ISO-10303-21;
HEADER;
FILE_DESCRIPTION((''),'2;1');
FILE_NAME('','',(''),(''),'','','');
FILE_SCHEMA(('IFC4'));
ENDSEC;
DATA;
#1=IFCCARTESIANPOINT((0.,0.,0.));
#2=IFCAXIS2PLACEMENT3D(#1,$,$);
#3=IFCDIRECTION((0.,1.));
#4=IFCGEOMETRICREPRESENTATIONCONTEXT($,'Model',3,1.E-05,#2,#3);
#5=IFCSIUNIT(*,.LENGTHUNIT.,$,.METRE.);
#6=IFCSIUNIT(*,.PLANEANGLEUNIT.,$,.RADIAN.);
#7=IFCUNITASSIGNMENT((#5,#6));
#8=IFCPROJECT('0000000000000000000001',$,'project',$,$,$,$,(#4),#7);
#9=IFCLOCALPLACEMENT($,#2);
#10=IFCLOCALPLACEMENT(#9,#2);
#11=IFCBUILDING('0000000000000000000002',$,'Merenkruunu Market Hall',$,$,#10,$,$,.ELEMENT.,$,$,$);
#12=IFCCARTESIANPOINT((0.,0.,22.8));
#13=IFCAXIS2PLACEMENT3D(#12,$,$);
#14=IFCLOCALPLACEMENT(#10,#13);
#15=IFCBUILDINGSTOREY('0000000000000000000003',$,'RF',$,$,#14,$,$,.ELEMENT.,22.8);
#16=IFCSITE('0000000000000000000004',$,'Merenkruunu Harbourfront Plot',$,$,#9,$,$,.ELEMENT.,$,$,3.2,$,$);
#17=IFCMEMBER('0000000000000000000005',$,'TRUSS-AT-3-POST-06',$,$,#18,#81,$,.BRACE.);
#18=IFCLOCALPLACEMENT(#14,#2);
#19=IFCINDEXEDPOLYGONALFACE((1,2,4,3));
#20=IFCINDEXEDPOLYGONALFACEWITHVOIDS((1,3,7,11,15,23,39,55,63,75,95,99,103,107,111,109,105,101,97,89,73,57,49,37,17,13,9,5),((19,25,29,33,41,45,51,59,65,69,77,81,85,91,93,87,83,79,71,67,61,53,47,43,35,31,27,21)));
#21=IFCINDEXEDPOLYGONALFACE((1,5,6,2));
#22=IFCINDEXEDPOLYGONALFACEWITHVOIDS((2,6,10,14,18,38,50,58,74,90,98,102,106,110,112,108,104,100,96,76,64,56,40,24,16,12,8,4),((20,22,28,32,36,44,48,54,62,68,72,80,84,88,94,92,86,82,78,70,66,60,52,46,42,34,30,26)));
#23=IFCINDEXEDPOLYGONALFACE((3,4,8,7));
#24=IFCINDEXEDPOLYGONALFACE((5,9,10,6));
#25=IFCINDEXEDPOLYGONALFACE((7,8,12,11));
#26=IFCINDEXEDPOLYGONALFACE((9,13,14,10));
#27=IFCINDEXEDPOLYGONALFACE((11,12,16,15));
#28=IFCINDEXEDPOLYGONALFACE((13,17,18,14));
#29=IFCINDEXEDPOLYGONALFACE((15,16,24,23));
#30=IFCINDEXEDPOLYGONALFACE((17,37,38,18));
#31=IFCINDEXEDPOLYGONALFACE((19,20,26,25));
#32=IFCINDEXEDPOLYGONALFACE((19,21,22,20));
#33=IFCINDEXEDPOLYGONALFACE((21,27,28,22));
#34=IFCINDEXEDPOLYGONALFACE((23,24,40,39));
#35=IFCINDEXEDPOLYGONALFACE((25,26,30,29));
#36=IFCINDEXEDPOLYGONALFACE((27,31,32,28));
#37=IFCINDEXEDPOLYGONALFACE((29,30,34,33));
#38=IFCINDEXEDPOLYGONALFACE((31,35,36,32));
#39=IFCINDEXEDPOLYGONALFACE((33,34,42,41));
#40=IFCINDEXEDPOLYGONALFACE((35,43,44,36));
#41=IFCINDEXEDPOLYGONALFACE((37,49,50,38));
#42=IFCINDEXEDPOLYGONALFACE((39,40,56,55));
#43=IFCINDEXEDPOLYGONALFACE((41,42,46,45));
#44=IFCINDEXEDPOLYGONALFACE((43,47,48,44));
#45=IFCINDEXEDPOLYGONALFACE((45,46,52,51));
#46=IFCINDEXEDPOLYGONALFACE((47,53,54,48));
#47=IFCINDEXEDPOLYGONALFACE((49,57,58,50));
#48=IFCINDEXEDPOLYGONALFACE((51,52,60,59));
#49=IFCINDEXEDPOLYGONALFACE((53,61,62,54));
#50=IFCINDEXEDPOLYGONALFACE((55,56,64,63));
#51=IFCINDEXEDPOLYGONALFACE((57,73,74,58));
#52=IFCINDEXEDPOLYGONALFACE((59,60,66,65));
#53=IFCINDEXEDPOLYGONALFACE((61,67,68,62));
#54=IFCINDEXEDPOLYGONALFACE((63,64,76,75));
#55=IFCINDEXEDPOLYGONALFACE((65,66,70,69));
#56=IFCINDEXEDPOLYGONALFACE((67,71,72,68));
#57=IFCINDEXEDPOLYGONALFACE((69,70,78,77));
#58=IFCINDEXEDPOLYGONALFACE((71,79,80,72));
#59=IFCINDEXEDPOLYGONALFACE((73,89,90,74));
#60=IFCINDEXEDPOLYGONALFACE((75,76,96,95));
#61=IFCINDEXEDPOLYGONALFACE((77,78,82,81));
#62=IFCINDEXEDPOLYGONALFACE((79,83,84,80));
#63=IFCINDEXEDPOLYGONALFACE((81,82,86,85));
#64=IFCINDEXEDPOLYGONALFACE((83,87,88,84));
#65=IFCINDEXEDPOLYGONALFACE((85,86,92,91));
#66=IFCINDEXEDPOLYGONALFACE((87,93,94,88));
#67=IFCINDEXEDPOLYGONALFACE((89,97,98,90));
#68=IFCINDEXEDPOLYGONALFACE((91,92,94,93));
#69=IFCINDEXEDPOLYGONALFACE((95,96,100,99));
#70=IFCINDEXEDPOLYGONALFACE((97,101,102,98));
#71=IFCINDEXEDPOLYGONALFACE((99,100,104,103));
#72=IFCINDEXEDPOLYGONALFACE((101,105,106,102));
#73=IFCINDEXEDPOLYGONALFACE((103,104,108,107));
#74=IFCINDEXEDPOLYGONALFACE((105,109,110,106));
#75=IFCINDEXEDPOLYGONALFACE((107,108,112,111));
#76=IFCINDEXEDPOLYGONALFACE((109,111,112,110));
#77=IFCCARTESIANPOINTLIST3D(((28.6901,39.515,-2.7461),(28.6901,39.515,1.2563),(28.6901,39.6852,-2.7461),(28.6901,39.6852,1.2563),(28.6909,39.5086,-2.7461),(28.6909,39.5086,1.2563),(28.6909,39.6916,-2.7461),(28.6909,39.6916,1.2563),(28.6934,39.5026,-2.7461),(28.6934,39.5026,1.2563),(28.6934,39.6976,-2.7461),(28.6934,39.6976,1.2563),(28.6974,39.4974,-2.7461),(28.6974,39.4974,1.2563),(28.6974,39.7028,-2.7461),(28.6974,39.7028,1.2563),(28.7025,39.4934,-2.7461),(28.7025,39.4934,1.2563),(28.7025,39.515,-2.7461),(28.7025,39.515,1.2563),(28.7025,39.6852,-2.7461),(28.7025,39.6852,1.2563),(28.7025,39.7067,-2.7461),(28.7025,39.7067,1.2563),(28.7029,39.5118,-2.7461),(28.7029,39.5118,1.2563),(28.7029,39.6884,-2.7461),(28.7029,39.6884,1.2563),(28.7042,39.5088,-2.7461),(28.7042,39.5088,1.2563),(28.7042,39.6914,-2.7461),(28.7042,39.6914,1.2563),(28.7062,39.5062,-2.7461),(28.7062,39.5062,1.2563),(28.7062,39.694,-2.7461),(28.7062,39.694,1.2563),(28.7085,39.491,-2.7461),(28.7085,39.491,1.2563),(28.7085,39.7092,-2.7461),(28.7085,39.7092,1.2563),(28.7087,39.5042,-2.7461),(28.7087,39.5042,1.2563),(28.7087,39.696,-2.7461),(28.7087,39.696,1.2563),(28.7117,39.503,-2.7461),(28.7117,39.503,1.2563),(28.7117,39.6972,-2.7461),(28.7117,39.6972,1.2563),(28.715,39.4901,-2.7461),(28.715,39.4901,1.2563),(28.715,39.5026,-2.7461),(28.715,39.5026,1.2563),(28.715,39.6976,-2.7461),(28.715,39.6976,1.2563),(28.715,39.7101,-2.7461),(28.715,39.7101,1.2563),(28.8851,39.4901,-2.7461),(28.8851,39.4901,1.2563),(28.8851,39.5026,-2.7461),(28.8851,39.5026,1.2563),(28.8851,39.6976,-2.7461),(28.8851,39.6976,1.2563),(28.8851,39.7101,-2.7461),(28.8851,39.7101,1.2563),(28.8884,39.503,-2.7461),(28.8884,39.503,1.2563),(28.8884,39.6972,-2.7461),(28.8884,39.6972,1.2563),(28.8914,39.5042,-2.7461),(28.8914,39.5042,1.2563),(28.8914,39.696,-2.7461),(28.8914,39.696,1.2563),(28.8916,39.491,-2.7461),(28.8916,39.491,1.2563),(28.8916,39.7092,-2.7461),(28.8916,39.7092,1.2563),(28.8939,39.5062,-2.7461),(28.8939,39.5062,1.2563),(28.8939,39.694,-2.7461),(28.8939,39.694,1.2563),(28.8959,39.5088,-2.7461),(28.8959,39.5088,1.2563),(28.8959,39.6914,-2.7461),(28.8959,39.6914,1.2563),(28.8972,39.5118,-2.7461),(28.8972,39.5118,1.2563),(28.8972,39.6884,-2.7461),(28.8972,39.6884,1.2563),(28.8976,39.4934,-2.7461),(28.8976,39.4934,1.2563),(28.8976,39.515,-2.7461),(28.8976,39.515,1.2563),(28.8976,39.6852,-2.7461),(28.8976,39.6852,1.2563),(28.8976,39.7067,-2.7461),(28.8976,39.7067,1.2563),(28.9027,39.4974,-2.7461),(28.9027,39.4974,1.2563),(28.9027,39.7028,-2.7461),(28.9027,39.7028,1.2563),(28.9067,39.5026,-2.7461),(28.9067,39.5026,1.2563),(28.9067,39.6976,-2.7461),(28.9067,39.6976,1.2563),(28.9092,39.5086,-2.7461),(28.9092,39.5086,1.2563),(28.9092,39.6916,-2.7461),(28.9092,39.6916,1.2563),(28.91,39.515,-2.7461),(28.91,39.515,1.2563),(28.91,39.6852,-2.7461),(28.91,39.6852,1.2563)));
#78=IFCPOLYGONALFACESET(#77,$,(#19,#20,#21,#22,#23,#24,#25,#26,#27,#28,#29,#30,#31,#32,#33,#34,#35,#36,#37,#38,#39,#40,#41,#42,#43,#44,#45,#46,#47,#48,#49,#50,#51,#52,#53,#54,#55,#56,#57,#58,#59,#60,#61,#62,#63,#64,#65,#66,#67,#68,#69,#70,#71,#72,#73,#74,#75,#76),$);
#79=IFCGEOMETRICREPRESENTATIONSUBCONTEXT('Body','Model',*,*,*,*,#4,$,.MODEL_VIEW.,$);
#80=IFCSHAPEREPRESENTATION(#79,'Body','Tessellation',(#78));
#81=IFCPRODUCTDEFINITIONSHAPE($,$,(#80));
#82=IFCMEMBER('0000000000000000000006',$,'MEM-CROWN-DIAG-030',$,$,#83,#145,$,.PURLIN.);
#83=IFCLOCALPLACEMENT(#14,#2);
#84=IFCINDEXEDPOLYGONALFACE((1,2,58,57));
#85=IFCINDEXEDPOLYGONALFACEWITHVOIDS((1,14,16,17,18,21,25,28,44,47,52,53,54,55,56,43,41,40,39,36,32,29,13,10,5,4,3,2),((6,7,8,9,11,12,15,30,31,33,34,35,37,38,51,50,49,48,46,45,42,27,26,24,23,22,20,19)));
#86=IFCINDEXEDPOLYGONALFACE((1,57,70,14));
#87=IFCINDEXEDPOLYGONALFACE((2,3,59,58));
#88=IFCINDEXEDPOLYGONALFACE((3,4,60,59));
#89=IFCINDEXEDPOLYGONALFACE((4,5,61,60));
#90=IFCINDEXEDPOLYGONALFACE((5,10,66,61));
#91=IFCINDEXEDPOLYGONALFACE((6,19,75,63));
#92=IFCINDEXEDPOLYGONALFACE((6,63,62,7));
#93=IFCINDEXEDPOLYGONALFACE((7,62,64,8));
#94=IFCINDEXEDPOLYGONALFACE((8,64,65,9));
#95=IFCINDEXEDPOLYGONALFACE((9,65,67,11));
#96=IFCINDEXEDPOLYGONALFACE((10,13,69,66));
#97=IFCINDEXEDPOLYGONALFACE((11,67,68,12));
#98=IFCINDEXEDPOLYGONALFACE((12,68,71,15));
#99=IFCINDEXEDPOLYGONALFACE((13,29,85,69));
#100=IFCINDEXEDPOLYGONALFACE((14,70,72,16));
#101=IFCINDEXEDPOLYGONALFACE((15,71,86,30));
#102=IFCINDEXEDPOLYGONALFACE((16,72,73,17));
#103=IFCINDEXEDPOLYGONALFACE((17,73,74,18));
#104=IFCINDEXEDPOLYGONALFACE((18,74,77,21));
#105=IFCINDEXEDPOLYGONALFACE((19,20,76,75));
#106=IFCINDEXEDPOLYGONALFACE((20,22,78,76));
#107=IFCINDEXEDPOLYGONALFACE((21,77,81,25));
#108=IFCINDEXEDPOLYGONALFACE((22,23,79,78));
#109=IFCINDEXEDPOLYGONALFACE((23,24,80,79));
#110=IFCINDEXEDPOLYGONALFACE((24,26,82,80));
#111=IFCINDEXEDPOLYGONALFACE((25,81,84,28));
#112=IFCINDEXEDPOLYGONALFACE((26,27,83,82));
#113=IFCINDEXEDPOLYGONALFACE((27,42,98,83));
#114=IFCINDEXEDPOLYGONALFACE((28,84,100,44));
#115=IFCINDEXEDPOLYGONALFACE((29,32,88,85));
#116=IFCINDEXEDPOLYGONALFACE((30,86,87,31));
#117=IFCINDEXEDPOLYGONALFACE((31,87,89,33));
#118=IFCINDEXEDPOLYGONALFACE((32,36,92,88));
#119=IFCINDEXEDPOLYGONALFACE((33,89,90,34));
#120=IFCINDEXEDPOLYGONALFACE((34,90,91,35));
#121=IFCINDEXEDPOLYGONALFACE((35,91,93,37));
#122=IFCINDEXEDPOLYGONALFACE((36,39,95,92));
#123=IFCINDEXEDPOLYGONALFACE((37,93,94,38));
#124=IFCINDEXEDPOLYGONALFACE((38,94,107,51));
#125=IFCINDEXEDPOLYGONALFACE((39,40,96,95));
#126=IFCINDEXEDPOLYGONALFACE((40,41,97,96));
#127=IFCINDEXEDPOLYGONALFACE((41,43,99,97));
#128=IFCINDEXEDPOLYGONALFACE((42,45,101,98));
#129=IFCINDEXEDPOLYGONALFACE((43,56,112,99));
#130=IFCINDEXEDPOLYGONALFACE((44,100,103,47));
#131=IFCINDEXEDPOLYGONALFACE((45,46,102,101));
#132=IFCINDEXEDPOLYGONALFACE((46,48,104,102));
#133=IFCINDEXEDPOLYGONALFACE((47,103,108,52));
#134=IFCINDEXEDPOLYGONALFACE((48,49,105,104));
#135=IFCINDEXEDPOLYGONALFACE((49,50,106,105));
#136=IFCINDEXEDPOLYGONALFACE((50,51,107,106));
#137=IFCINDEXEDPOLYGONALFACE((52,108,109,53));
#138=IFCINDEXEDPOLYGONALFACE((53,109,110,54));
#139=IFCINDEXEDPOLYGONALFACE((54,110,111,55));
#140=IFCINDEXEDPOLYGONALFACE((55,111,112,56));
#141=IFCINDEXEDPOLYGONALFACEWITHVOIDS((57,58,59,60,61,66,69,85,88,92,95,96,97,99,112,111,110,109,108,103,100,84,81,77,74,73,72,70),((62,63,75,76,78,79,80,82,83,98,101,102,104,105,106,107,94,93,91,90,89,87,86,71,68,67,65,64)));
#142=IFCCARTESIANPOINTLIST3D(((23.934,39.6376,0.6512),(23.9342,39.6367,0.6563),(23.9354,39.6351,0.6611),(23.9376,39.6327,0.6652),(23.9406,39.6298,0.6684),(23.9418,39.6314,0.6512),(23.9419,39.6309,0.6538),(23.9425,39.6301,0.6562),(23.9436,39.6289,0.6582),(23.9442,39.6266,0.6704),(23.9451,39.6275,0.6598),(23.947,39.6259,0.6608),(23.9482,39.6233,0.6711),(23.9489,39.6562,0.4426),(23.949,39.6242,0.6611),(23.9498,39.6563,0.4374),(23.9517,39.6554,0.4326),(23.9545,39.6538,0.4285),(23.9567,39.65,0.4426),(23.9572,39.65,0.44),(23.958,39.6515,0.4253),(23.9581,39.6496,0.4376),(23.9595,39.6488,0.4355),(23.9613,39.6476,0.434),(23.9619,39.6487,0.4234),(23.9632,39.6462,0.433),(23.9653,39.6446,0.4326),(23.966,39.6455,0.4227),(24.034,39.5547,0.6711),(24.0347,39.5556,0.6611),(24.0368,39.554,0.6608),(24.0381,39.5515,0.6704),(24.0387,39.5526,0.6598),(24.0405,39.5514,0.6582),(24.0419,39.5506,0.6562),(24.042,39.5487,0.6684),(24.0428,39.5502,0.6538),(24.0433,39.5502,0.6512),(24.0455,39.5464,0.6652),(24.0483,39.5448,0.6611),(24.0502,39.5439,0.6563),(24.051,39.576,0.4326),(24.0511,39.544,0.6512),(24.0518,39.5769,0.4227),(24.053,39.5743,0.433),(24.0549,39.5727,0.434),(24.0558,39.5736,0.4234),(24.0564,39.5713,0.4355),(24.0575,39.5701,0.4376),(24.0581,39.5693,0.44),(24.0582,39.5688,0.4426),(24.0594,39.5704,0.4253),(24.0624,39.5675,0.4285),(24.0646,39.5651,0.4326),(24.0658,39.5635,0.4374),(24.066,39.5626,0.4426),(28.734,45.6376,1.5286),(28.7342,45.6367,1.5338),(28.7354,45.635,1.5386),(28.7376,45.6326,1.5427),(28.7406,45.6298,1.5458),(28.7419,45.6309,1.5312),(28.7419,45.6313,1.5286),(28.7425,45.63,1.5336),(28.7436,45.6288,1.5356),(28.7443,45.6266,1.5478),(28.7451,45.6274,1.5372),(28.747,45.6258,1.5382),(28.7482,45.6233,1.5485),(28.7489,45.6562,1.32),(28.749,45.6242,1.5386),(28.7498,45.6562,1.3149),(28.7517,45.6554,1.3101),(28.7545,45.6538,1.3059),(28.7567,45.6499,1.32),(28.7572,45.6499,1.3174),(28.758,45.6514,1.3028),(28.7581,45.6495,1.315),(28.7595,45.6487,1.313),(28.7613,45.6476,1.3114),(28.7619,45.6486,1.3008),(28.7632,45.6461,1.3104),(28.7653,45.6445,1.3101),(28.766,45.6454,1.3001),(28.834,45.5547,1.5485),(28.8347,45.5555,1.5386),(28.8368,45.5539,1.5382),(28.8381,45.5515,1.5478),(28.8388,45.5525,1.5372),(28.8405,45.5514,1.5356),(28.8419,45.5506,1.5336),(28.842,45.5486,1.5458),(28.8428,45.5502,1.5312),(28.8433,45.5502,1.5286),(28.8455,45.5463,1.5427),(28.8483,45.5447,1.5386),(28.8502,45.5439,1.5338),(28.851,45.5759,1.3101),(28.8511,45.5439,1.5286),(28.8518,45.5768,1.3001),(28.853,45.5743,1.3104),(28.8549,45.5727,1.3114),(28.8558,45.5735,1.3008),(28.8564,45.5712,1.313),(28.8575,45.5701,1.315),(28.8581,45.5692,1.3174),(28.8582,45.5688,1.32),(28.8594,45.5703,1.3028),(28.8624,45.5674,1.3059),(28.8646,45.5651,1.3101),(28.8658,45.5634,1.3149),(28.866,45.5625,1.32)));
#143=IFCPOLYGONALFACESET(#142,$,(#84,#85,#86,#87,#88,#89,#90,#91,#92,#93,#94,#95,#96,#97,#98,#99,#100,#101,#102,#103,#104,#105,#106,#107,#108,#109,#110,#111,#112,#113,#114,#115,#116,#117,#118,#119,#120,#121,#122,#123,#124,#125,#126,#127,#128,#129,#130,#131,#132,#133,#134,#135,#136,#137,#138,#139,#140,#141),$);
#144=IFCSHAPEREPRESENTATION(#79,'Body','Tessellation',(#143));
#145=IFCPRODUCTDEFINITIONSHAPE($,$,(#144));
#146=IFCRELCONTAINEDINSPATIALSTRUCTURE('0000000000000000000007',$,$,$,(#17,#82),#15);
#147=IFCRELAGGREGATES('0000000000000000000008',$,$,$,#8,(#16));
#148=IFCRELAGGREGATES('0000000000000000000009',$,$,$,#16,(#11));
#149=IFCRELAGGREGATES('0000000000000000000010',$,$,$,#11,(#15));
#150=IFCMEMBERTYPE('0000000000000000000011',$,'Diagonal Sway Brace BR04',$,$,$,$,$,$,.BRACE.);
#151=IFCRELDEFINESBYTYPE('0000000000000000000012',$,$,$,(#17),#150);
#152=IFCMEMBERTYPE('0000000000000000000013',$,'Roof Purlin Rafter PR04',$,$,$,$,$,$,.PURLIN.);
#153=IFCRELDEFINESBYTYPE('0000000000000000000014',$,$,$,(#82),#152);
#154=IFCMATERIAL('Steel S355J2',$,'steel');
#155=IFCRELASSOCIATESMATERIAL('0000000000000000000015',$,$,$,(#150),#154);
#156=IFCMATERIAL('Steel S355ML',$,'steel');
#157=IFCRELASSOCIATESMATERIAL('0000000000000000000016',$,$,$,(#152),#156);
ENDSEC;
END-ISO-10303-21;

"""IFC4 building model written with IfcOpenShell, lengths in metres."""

from ifc_helpers import new_model, si_unit, direction, frame, origin, origin_2d, place, context, subcontext, project, spatial, hollow_rectangle, extrude, material, material_profile, profile_set, type_object, element, save


model = new_model("IFC4")

# Units and contexts
model_context = context("Model", 3, precision=1e-05, world=origin(), true_north=direction((0.0, 1.0)))
body_context = subcontext(model_context, "Body", "Model", "MODEL_VIEW")
ifc_project = project(units=[si_unit("LENGTHUNIT", "METRE"), si_unit("PLANEANGLEUNIT", "RADIAN")], contexts=[model_context])

# Site, building, storey
site_placement = place(None, origin())
site = spatial("IfcSite", under=ifc_project, at=site_placement, Name="Merenkruunu Harbourfront Plot", CompositionType="ELEMENT", RefElevation=3.2)
building_placement = place(site_placement, origin())
building = spatial("IfcBuilding", under=site, at=building_placement, Name="Merenkruunu Market Hall", CompositionType="ELEMENT")
storey_placement = place(building_placement, frame((0.0, 0.0, 22.8)))
storey = spatial("IfcBuildingStorey", under=building, at=storey_placement, Name="RF", CompositionType="ELEMENT", Elevation=22.8)

# Members
ifc_material_1 = material(Name="Steel S355ML", Category="steel")
ifc_material_2 = material(Name="Steel S355J2", Category="steel")
ifc_material_profile_1 = material_profile(ifc_material_2, hollow_rectangle(XDim=0.22, YDim=0.22, WallThickness=0.0125, InnerFilletRadius=0.0125, OuterFilletRadius=0.0249, at=origin_2d()), Name="SHS 220x220x12.5")
ifc_profile_set_1 = profile_set([ifc_material_profile_1], Name="Steel S355J2")
member_type_1 = type_object("IfcMemberType", Name="Diagonal Sway Brace BR04", PredefinedType="BRACE", material=ifc_profile_set_1)
member_1_placement = place(storey_placement, frame((28.8, 39.6001, -2.7461), z_axis=(0.0, 0.0, 1.0), x_axis=(1.0, 0.0, 0.0)))
element("IfcMember", 1, at=member_1_placement, inside=storey, type_object=member_type_1, Name="TRUSS-AT-3-POST-06", PredefinedType="BRACE", context=body_context, shape_type="SweptSolid", body=[
    extrude(hollow_rectangle(XDim=0.22, YDim=0.22, WallThickness=0.0125, InnerFilletRadius=0.0125, OuterFilletRadius=0.0249, at=origin_2d()), origin(), (0.0, 0.0, 1.0), 4.0024),
])
ifc_material_profile_2 = material_profile(ifc_material_1, hollow_rectangle(XDim=0.1499, YDim=0.25, WallThickness=0.01, InnerFilletRadius=0.01, OuterFilletRadius=0.02, at=origin_2d()), Name="RHS 250x150x10")
ifc_profile_set_2 = profile_set([ifc_material_profile_2], Name="Steel S355ML")
member_type_2 = type_object("IfcMemberType", Name="Roof Purlin Rafter PR04", PredefinedType="PURLIN", material=ifc_profile_set_2)
for number, where, z_axis, x_axis, name in (
    (2, (24.0, 39.6001, 0.5469), (0.620665, 0.775824, 0.113457), (-0.780866, 0.624699, 0.0), "MEM-CROWN-DIAG-030"),
):
    element("IfcMember", number, at=place(storey_placement, frame(where, z_axis=z_axis, x_axis=x_axis)), inside=storey, type_object=member_type_2, Name=name, PredefinedType="PURLIN", context=body_context, shape_type="SweptSolid", body=[
        extrude(hollow_rectangle(XDim=0.1499, YDim=0.25, WallThickness=0.01, InnerFilletRadius=0.01, OuterFilletRadius=0.02, at=origin_2d()), origin(), (0.0, 0.0, 1.0), 7.7336),
    ])

save(model, "model.ifc")
